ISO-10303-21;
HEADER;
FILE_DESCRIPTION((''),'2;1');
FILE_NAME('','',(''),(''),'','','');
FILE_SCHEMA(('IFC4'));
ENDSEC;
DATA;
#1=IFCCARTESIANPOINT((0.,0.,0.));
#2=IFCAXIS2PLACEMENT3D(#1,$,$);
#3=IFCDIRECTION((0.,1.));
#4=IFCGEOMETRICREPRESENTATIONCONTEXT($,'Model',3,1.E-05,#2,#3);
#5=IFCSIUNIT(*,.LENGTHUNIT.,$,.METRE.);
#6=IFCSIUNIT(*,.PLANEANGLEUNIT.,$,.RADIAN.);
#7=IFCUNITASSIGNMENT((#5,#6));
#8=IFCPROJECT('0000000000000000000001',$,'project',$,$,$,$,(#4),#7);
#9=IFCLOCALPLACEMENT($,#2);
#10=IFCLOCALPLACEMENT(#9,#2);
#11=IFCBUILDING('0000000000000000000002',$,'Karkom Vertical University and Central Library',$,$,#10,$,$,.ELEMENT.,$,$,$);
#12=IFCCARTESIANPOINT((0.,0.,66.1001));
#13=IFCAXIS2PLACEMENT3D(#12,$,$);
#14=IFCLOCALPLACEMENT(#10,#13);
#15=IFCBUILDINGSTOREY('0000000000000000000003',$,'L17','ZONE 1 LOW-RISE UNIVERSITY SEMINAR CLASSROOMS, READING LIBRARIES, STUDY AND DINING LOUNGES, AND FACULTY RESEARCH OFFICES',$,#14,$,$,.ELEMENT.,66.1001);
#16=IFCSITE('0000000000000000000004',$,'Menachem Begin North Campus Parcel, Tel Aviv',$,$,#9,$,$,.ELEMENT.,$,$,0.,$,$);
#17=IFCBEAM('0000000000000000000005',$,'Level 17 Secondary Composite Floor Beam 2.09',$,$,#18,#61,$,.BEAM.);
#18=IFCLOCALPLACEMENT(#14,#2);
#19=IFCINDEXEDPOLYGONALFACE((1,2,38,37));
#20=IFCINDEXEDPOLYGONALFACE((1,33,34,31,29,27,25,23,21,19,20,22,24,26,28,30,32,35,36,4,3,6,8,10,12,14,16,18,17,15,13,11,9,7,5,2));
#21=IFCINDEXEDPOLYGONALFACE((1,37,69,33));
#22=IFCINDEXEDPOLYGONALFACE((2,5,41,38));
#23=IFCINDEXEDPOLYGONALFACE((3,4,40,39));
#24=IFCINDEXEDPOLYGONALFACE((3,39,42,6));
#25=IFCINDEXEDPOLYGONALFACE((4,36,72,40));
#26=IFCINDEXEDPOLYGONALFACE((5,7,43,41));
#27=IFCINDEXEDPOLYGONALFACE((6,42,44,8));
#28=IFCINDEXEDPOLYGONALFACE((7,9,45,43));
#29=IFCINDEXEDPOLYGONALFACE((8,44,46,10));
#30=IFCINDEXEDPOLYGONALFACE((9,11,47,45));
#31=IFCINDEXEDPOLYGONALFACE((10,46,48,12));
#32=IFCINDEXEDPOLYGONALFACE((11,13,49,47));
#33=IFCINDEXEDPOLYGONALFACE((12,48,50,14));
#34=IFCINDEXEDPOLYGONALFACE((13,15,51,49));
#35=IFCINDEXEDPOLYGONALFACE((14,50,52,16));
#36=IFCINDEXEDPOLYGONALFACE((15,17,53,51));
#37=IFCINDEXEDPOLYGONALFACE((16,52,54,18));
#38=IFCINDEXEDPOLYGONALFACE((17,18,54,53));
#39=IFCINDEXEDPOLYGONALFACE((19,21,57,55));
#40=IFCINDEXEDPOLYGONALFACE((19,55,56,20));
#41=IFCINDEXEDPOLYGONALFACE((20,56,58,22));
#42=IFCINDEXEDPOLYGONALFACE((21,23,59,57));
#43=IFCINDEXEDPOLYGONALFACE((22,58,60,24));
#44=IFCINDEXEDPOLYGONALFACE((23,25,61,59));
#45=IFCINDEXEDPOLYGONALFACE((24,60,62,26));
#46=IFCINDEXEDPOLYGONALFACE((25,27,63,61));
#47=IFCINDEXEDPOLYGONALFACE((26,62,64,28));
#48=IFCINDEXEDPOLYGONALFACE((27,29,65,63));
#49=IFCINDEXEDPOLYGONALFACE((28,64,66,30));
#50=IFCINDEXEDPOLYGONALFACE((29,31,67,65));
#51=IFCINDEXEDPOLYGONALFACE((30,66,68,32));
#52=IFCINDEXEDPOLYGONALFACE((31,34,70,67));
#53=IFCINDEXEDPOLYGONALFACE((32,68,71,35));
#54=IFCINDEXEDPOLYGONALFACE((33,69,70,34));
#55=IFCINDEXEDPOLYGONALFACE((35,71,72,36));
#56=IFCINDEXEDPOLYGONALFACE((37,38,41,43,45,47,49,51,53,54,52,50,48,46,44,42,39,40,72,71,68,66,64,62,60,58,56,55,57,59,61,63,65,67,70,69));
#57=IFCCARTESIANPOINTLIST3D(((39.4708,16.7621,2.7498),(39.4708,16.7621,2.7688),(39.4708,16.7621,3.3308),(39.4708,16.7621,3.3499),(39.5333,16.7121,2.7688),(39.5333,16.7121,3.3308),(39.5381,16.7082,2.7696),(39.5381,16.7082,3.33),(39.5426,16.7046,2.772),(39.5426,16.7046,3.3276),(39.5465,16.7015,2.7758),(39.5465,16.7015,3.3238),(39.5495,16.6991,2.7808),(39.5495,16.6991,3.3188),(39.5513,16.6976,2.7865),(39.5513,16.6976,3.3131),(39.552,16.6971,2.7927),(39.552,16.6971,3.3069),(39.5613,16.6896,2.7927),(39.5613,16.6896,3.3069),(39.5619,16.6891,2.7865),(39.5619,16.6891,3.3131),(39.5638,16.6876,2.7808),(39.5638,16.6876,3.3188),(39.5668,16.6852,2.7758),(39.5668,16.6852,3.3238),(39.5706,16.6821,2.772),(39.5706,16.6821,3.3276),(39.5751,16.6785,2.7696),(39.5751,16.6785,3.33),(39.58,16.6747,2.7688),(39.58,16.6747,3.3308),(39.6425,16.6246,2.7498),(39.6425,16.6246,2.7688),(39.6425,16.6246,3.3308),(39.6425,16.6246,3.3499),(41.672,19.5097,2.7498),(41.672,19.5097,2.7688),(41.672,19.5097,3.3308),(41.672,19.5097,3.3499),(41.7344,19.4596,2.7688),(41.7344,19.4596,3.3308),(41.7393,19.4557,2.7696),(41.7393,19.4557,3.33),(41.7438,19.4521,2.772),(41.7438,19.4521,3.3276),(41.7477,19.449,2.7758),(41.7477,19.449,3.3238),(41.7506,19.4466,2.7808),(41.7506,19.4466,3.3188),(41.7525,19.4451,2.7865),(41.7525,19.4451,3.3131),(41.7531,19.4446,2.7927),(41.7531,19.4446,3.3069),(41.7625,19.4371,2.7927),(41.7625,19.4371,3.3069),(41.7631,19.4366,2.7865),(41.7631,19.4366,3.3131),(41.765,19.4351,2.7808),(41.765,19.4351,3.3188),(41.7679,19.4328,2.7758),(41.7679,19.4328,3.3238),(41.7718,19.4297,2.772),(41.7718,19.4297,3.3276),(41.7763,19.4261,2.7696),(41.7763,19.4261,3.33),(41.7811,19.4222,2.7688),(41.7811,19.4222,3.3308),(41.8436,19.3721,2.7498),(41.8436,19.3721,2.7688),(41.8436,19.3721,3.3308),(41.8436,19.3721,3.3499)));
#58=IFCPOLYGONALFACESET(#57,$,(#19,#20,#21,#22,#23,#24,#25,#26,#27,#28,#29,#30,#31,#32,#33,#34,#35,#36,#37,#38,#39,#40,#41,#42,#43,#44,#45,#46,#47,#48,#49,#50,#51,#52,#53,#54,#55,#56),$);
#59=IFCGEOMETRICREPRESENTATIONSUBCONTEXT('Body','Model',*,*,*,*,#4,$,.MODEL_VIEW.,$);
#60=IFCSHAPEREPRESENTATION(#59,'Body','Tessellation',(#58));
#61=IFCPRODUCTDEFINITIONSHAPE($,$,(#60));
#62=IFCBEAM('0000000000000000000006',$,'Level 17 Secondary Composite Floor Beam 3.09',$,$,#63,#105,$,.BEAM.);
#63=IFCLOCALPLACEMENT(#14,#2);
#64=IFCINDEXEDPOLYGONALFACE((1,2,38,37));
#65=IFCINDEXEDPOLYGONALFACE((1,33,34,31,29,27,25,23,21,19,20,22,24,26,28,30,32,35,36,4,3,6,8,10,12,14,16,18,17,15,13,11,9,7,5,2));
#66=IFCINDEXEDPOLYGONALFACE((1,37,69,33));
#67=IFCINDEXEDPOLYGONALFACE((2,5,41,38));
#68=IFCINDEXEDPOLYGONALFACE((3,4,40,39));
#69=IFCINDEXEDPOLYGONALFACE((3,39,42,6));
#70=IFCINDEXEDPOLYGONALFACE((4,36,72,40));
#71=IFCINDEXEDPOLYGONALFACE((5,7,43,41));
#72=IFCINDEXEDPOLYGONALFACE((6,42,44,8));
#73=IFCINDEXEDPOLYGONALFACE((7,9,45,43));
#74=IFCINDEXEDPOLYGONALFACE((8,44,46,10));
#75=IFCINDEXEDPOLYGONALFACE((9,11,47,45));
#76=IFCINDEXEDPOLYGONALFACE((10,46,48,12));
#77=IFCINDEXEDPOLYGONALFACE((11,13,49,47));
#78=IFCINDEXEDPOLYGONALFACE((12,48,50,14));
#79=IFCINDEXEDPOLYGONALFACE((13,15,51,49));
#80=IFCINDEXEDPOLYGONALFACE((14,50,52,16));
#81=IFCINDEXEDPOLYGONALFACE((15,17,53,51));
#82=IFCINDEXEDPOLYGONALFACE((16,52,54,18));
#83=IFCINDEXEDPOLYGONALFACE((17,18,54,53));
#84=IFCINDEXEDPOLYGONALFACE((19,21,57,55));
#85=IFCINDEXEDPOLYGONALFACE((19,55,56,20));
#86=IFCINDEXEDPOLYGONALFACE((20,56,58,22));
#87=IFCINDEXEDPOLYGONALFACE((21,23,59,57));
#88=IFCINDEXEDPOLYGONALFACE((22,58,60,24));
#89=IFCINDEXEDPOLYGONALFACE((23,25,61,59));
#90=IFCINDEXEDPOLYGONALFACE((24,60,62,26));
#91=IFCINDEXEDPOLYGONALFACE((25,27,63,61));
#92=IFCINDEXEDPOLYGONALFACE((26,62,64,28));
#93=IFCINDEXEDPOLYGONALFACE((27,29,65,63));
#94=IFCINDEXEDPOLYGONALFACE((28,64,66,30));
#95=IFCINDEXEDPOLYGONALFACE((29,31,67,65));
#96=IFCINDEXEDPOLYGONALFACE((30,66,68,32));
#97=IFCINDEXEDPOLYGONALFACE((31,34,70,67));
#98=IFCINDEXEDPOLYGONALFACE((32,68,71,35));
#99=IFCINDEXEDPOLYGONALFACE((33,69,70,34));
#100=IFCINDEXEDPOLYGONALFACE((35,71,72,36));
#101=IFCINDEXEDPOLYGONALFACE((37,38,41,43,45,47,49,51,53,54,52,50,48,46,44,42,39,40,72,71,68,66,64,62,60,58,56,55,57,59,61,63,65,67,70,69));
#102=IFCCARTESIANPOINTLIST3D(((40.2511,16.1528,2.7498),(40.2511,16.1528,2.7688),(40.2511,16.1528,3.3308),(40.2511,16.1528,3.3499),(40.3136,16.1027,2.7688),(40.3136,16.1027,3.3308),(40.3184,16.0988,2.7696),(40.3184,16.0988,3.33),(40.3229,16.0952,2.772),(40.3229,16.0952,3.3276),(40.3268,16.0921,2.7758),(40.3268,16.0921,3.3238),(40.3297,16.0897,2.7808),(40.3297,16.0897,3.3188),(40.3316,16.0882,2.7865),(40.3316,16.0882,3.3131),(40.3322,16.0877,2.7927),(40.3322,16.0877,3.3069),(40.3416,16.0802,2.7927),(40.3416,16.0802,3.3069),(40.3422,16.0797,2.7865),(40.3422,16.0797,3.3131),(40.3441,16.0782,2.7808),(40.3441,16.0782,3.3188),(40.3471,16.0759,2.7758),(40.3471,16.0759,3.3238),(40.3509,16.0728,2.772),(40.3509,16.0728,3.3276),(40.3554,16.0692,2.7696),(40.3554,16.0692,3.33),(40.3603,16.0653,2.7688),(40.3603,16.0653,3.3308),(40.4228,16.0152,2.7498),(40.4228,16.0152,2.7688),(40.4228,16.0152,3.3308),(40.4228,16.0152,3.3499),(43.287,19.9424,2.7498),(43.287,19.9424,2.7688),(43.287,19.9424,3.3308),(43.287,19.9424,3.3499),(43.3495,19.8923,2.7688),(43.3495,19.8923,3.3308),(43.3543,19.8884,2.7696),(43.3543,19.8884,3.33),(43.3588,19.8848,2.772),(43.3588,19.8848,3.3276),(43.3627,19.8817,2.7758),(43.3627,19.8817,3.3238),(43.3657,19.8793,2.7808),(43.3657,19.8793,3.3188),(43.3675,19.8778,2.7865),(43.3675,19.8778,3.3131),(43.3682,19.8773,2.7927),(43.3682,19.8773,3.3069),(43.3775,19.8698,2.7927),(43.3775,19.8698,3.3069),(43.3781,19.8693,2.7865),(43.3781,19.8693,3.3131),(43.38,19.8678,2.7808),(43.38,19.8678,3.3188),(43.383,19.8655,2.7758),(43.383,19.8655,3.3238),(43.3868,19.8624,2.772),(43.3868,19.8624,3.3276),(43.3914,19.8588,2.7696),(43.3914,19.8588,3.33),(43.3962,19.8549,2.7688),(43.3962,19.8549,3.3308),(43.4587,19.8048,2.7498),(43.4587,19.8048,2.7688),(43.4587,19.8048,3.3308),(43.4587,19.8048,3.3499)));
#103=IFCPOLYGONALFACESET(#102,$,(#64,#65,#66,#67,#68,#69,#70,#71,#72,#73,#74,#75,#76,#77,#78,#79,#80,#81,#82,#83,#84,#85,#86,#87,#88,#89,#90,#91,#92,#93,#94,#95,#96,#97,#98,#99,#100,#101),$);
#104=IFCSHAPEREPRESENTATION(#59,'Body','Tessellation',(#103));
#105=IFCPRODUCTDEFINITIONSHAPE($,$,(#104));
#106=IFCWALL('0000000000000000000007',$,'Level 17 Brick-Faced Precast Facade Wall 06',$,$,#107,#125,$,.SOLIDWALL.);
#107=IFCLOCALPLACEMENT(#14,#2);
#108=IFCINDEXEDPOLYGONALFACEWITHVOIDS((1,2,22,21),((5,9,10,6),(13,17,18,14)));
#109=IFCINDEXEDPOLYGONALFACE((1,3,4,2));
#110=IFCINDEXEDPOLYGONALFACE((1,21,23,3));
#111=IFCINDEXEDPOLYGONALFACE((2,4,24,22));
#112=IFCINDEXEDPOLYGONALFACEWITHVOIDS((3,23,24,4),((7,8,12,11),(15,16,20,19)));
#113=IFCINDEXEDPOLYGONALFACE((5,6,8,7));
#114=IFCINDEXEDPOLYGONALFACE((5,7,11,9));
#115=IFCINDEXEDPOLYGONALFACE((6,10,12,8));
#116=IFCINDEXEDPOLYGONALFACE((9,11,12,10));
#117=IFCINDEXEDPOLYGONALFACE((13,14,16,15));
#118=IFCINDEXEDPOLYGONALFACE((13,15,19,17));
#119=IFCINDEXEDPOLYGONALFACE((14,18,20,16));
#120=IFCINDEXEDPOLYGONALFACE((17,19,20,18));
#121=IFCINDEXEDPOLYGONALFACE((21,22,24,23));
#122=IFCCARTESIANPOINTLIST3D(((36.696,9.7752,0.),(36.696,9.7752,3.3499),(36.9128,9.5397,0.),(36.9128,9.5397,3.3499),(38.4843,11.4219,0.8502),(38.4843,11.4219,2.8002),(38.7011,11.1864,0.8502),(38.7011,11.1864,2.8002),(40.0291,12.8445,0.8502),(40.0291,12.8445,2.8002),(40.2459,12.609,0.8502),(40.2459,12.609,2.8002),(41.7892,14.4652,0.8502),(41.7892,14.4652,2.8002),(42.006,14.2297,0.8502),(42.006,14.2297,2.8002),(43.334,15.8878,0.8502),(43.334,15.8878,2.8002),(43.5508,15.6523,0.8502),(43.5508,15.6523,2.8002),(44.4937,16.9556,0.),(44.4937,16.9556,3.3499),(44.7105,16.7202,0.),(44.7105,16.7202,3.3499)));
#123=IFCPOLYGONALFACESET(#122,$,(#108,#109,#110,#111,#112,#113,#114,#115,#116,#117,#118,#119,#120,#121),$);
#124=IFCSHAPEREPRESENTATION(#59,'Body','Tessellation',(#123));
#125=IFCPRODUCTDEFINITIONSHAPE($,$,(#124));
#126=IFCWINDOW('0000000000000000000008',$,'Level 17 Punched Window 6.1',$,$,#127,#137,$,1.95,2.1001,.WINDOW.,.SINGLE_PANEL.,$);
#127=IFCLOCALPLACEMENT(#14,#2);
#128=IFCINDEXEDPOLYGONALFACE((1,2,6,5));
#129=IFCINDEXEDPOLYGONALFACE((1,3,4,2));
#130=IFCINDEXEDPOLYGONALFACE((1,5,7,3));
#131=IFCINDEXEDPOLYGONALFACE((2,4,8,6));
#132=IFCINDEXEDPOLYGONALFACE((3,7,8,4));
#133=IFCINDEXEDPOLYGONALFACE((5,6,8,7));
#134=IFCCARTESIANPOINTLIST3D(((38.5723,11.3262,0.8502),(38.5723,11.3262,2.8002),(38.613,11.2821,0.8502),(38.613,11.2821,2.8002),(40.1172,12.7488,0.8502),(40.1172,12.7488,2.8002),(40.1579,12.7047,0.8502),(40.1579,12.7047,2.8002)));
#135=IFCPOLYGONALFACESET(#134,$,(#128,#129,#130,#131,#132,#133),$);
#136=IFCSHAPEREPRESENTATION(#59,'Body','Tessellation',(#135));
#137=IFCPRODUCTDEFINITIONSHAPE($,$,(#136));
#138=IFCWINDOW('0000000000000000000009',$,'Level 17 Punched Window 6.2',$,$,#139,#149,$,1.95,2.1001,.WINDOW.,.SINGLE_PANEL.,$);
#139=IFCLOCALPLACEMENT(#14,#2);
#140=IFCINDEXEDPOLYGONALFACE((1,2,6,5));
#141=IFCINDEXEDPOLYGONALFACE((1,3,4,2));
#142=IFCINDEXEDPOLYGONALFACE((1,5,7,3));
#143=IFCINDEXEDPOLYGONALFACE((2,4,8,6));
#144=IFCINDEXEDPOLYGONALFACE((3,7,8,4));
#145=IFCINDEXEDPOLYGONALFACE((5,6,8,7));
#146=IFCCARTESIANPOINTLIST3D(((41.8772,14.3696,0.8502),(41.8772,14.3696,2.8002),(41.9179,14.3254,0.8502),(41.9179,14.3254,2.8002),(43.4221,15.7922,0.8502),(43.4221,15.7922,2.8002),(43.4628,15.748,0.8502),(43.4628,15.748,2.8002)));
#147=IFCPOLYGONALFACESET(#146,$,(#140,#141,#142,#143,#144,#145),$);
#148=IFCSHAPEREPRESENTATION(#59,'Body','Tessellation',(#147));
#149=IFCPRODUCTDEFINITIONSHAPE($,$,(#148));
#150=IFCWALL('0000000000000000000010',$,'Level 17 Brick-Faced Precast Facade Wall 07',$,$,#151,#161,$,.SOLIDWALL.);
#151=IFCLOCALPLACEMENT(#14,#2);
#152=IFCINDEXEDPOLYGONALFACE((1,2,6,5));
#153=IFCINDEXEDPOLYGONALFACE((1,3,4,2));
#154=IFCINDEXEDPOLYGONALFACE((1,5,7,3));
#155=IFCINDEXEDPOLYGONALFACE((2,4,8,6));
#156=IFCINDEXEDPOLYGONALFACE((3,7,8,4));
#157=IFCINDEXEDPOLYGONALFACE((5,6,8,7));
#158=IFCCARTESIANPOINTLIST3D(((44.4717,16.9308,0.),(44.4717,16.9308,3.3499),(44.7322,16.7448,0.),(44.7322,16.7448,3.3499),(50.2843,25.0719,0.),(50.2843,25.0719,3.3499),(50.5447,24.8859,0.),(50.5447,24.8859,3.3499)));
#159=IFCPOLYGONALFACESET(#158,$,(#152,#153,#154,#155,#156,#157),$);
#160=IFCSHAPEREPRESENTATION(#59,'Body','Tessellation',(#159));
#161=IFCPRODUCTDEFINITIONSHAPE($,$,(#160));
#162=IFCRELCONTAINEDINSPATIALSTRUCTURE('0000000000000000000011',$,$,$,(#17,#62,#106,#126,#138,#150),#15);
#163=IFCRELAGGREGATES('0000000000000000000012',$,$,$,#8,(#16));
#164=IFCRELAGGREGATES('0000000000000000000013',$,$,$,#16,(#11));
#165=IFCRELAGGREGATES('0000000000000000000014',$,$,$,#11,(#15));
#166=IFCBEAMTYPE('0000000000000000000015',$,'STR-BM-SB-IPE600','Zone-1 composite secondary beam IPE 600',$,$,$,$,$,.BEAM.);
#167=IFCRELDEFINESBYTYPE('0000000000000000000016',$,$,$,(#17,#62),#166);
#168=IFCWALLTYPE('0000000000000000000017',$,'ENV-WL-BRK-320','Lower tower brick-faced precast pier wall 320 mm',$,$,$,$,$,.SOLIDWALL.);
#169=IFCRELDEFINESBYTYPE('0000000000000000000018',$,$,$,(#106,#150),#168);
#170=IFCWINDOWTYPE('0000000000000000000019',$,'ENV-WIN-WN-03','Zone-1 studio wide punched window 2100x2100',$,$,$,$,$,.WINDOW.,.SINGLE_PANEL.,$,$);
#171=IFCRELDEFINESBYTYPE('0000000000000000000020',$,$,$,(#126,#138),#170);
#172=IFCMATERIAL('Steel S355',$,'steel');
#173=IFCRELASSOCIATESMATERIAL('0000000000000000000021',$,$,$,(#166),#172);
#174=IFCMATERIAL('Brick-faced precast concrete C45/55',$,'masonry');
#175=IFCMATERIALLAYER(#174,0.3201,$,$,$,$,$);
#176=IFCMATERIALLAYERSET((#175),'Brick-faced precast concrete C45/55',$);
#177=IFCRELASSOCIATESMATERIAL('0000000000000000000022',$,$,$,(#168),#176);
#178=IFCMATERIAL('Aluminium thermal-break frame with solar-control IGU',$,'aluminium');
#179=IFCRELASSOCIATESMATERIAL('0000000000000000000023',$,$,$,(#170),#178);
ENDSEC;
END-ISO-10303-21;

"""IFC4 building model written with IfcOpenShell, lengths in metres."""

from ifc_helpers import new_model, si_unit, direction, frame, frame_2d, origin, origin_with_axes, origin_2d, place, context, subcontext, project, spatial, rectangle, i_section, extrude, source, transform, mapped, material, layer, layer_set, material_profile, profile_set, type_object, element, fill, save


model = new_model("IFC4")

# Units and contexts
model_context = context("Model", 3, precision=1e-05, world=origin(), true_north=direction((0.0, 1.0)))
body_context = subcontext(model_context, "Body", "Model", "MODEL_VIEW")
ifc_project = project(units=[si_unit("LENGTHUNIT", "METRE"), si_unit("PLANEANGLEUNIT", "RADIAN")], contexts=[model_context])

# Site, building, storey
site_placement = place(None, origin())
site = spatial("IfcSite", under=ifc_project, at=site_placement, Name="Menachem Begin North Campus Parcel, Tel Aviv", CompositionType="ELEMENT", RefElevation=0.0)
building_placement = place(site_placement, origin())
building = spatial("IfcBuilding", under=site, at=building_placement, Name="Karkom Vertical University and Central Library", CompositionType="ELEMENT")
storey_placement = place(building_placement, frame((0.0, 0.0, 66.1001)))
storey = spatial("IfcBuildingStorey", under=building, at=storey_placement, Name="L17", Description="ZONE 1 LOW-RISE UNIVERSITY SEMINAR CLASSROOMS, READING LIBRARIES, STUDY AND DINING LOUNGES, AND FACULTY RESEARCH OFFICES", CompositionType="ELEMENT", Elevation=66.1001)

# Beams
ifc_material_1 = material(Name="Steel S355", Category="steel")
ifc_material_profile_1 = material_profile(ifc_material_1, i_section(OverallWidth=0.22, OverallDepth=0.6001, WebThickness=0.012, FlangeThickness=0.019, FilletRadius=0.0239, at=origin_2d()), Name="IPE 600")
ifc_profile_set_1 = profile_set([ifc_material_profile_1], Name="Steel S355")
beam_type_1 = type_object("IfcBeamType", Name="STR-BM-SB-IPE600", Description="Zone-1 composite secondary beam IPE 600", PredefinedType="BEAM", material=ifc_profile_set_1)
shared_shape_1 = source(origin_with_axes(), body_context, "Body", "SweptSolid", [
    extrude(i_section(OverallWidth=0.22, OverallDepth=0.6001, WebThickness=0.012, FlangeThickness=0.019, FilletRadius=0.0239, at=origin_2d()), origin(), (0.0, 0.0, 1.0), 3.5205),
])
beam_1_placement = place(storey_placement, frame((39.5566, 16.6934, 3.0498), z_axis=(0.625236, 0.780436, 0.0), x_axis=(-0.780436, 0.625236, 0.0)))
element("IfcBeam", 1, at=beam_1_placement, inside=storey, type_object=beam_type_1, Name="Level 17 Secondary Composite Floor Beam 2.09", PredefinedType="BEAM", context=body_context, shape_type="MappedRepresentation", body=[
    mapped(shared_shape_1, transform((0.0, 0.0, 0.0), scale=1.0)),
])
shared_shape_2 = source(origin_with_axes(), body_context, "Body", "SweptSolid", [
    extrude(i_section(OverallWidth=0.22, OverallDepth=0.6001, WebThickness=0.012, FlangeThickness=0.019, FilletRadius=0.0239, at=origin_2d()), origin(), (0.0, 0.0, 1.0), 4.8557),
])
beam_2_placement = place(storey_placement, frame((40.3369, 16.084, 3.0498), z_axis=(0.625228, 0.780442, 0.0), x_axis=(-0.780442, 0.625228, 0.0)))
element("IfcBeam", 2, at=beam_2_placement, inside=storey, type_object=beam_type_1, Name="Level 17 Secondary Composite Floor Beam 3.09", PredefinedType="BEAM", context=body_context, shape_type="MappedRepresentation", body=[
    mapped(shared_shape_2, transform((0.0, 0.0, 0.0), scale=1.0)),
])

# Wall, openings, windows
ifc_material_2 = material(Name="Brick-faced precast concrete C45/55", Category="masonry")
ifc_layer_1 = layer(ifc_material_2, 0.3201)
ifc_layer_set_1 = layer_set([ifc_layer_1], Name="Brick-faced precast concrete C45/55")
wall_type_1 = type_object("IfcWallType", Name="ENV-WL-BRK-320", Description="Lower tower brick-faced precast pier wall 320 mm", PredefinedType="SOLIDWALL", material=ifc_layer_set_1)
wall_1_placement = place(storey_placement, frame((36.8044, 9.6575, 0.0), z_axis=(0.0, 0.0, 1.0), x_axis=(0.73562, 0.677395, 0.0)))
wall_1 = element("IfcWall", 3, at=wall_1_placement, inside=storey, type_object=wall_type_1, Name="Level 17 Brick-Faced Precast Facade Wall 06", PredefinedType="SOLIDWALL", context=body_context, shape_type="SweptSolid", body=[
    extrude(rectangle(XDim=10.6001, YDim=0.3201, at=frame_2d((5.3, 0.0))), origin(), (0.0, 0.0, 1.0), 3.3499),
])
opening_1_placement = place(wall_1_placement, frame((2.4309, 0.0, 0.8501)))
opening_1 = element("IfcOpeningElement", 4, at=opening_1_placement, cuts=wall_1, PredefinedType="OPENING", context=body_context, shape_type="SweptSolid", body=[
    extrude(rectangle(XDim=2.1001, YDim=1.95, at=frame_2d((1.05, 0.9751))), frame((0.0, 0.1699, 0.0), z_axis=(0.0, -1.0, 0.0), x_axis=(1.0, 0.0, 0.0)), (0.0, 0.0, 1.0), 0.3401),
])
opening_2_placement = place(wall_1_placement, frame((6.9236, 0.0, 0.8501)))
opening_2 = element("IfcOpeningElement", 5, at=opening_2_placement, cuts=wall_1, PredefinedType="OPENING", context=body_context, shape_type="SweptSolid", body=[
    extrude(rectangle(XDim=2.1001, YDim=1.95, at=frame_2d((1.05, 0.9751))), frame((0.0, 0.1699, 0.0), z_axis=(0.0, -1.0, 0.0), x_axis=(1.0, 0.0, 0.0)), (0.0, 0.0, 1.0), 0.3401),
])
ifc_material_3 = material(Name="Aluminium thermal-break frame with solar-control IGU", Category="aluminium")
window_type = type_object("IfcWindowType", Name="ENV-WIN-WN-03", Description="Zone-1 studio wide punched window 2100x2100", PartitioningType="SINGLE_PANEL", PredefinedType="WINDOW", material=ifc_material_3)
shared_shape_3 = source(origin_with_axes(), body_context, "Body", "SweptSolid", [
    extrude(rectangle(XDim=2.1001, YDim=1.95, at=frame_2d((1.05, 0.9751))), frame((0.0, 0.03, 0.0), z_axis=(0.0, -1.0, 0.0), x_axis=(1.0, 0.0, 0.0)), (0.0, 0.0, 1.0), 0.0601),
])
window_1_placement = place(opening_1_placement, origin())
window_1 = element("IfcWindow", 6, at=window_1_placement, inside=storey, type_object=window_type, Name="Level 17 Punched Window 6.1", OverallHeight=1.95, OverallWidth=2.1001, PartitioningType="SINGLE_PANEL", PredefinedType="WINDOW", context=body_context, shape_type="MappedRepresentation", body=[
    mapped(shared_shape_3, transform((0.0, 0.0, 0.0), scale=1.0)),
])
fill(opening_1, window_1)
window_2_placement = place(opening_2_placement, origin())
window_2 = element("IfcWindow", 7, at=window_2_placement, inside=storey, type_object=window_type, Name="Level 17 Punched Window 6.2", OverallHeight=1.95, OverallWidth=2.1001, PartitioningType="SINGLE_PANEL", PredefinedType="WINDOW", context=body_context, shape_type="MappedRepresentation", body=[
    mapped(shared_shape_3, transform((0.0, 0.0, 0.0), scale=1.0)),
])
fill(opening_2, window_2)

# Wall
wall_2_placement = place(storey_placement, frame((44.6021, 16.8379, 0.0), z_axis=(0.0, 0.0, 1.0), x_axis=(0.581067, 0.813855, 0.0)))
element("IfcWall", 8, at=wall_2_placement, inside=storey, type_object=wall_type_1, Name="Level 17 Brick-Faced Precast Facade Wall 07", PredefinedType="SOLIDWALL", context=body_context, shape_type="SweptSolid", body=[
    extrude(rectangle(XDim=10.0032, YDim=0.3201, at=frame_2d((5.0015, 0.0))), origin(), (0.0, 0.0, 1.0), 3.3499),
])

save(model, "model.ifc")
